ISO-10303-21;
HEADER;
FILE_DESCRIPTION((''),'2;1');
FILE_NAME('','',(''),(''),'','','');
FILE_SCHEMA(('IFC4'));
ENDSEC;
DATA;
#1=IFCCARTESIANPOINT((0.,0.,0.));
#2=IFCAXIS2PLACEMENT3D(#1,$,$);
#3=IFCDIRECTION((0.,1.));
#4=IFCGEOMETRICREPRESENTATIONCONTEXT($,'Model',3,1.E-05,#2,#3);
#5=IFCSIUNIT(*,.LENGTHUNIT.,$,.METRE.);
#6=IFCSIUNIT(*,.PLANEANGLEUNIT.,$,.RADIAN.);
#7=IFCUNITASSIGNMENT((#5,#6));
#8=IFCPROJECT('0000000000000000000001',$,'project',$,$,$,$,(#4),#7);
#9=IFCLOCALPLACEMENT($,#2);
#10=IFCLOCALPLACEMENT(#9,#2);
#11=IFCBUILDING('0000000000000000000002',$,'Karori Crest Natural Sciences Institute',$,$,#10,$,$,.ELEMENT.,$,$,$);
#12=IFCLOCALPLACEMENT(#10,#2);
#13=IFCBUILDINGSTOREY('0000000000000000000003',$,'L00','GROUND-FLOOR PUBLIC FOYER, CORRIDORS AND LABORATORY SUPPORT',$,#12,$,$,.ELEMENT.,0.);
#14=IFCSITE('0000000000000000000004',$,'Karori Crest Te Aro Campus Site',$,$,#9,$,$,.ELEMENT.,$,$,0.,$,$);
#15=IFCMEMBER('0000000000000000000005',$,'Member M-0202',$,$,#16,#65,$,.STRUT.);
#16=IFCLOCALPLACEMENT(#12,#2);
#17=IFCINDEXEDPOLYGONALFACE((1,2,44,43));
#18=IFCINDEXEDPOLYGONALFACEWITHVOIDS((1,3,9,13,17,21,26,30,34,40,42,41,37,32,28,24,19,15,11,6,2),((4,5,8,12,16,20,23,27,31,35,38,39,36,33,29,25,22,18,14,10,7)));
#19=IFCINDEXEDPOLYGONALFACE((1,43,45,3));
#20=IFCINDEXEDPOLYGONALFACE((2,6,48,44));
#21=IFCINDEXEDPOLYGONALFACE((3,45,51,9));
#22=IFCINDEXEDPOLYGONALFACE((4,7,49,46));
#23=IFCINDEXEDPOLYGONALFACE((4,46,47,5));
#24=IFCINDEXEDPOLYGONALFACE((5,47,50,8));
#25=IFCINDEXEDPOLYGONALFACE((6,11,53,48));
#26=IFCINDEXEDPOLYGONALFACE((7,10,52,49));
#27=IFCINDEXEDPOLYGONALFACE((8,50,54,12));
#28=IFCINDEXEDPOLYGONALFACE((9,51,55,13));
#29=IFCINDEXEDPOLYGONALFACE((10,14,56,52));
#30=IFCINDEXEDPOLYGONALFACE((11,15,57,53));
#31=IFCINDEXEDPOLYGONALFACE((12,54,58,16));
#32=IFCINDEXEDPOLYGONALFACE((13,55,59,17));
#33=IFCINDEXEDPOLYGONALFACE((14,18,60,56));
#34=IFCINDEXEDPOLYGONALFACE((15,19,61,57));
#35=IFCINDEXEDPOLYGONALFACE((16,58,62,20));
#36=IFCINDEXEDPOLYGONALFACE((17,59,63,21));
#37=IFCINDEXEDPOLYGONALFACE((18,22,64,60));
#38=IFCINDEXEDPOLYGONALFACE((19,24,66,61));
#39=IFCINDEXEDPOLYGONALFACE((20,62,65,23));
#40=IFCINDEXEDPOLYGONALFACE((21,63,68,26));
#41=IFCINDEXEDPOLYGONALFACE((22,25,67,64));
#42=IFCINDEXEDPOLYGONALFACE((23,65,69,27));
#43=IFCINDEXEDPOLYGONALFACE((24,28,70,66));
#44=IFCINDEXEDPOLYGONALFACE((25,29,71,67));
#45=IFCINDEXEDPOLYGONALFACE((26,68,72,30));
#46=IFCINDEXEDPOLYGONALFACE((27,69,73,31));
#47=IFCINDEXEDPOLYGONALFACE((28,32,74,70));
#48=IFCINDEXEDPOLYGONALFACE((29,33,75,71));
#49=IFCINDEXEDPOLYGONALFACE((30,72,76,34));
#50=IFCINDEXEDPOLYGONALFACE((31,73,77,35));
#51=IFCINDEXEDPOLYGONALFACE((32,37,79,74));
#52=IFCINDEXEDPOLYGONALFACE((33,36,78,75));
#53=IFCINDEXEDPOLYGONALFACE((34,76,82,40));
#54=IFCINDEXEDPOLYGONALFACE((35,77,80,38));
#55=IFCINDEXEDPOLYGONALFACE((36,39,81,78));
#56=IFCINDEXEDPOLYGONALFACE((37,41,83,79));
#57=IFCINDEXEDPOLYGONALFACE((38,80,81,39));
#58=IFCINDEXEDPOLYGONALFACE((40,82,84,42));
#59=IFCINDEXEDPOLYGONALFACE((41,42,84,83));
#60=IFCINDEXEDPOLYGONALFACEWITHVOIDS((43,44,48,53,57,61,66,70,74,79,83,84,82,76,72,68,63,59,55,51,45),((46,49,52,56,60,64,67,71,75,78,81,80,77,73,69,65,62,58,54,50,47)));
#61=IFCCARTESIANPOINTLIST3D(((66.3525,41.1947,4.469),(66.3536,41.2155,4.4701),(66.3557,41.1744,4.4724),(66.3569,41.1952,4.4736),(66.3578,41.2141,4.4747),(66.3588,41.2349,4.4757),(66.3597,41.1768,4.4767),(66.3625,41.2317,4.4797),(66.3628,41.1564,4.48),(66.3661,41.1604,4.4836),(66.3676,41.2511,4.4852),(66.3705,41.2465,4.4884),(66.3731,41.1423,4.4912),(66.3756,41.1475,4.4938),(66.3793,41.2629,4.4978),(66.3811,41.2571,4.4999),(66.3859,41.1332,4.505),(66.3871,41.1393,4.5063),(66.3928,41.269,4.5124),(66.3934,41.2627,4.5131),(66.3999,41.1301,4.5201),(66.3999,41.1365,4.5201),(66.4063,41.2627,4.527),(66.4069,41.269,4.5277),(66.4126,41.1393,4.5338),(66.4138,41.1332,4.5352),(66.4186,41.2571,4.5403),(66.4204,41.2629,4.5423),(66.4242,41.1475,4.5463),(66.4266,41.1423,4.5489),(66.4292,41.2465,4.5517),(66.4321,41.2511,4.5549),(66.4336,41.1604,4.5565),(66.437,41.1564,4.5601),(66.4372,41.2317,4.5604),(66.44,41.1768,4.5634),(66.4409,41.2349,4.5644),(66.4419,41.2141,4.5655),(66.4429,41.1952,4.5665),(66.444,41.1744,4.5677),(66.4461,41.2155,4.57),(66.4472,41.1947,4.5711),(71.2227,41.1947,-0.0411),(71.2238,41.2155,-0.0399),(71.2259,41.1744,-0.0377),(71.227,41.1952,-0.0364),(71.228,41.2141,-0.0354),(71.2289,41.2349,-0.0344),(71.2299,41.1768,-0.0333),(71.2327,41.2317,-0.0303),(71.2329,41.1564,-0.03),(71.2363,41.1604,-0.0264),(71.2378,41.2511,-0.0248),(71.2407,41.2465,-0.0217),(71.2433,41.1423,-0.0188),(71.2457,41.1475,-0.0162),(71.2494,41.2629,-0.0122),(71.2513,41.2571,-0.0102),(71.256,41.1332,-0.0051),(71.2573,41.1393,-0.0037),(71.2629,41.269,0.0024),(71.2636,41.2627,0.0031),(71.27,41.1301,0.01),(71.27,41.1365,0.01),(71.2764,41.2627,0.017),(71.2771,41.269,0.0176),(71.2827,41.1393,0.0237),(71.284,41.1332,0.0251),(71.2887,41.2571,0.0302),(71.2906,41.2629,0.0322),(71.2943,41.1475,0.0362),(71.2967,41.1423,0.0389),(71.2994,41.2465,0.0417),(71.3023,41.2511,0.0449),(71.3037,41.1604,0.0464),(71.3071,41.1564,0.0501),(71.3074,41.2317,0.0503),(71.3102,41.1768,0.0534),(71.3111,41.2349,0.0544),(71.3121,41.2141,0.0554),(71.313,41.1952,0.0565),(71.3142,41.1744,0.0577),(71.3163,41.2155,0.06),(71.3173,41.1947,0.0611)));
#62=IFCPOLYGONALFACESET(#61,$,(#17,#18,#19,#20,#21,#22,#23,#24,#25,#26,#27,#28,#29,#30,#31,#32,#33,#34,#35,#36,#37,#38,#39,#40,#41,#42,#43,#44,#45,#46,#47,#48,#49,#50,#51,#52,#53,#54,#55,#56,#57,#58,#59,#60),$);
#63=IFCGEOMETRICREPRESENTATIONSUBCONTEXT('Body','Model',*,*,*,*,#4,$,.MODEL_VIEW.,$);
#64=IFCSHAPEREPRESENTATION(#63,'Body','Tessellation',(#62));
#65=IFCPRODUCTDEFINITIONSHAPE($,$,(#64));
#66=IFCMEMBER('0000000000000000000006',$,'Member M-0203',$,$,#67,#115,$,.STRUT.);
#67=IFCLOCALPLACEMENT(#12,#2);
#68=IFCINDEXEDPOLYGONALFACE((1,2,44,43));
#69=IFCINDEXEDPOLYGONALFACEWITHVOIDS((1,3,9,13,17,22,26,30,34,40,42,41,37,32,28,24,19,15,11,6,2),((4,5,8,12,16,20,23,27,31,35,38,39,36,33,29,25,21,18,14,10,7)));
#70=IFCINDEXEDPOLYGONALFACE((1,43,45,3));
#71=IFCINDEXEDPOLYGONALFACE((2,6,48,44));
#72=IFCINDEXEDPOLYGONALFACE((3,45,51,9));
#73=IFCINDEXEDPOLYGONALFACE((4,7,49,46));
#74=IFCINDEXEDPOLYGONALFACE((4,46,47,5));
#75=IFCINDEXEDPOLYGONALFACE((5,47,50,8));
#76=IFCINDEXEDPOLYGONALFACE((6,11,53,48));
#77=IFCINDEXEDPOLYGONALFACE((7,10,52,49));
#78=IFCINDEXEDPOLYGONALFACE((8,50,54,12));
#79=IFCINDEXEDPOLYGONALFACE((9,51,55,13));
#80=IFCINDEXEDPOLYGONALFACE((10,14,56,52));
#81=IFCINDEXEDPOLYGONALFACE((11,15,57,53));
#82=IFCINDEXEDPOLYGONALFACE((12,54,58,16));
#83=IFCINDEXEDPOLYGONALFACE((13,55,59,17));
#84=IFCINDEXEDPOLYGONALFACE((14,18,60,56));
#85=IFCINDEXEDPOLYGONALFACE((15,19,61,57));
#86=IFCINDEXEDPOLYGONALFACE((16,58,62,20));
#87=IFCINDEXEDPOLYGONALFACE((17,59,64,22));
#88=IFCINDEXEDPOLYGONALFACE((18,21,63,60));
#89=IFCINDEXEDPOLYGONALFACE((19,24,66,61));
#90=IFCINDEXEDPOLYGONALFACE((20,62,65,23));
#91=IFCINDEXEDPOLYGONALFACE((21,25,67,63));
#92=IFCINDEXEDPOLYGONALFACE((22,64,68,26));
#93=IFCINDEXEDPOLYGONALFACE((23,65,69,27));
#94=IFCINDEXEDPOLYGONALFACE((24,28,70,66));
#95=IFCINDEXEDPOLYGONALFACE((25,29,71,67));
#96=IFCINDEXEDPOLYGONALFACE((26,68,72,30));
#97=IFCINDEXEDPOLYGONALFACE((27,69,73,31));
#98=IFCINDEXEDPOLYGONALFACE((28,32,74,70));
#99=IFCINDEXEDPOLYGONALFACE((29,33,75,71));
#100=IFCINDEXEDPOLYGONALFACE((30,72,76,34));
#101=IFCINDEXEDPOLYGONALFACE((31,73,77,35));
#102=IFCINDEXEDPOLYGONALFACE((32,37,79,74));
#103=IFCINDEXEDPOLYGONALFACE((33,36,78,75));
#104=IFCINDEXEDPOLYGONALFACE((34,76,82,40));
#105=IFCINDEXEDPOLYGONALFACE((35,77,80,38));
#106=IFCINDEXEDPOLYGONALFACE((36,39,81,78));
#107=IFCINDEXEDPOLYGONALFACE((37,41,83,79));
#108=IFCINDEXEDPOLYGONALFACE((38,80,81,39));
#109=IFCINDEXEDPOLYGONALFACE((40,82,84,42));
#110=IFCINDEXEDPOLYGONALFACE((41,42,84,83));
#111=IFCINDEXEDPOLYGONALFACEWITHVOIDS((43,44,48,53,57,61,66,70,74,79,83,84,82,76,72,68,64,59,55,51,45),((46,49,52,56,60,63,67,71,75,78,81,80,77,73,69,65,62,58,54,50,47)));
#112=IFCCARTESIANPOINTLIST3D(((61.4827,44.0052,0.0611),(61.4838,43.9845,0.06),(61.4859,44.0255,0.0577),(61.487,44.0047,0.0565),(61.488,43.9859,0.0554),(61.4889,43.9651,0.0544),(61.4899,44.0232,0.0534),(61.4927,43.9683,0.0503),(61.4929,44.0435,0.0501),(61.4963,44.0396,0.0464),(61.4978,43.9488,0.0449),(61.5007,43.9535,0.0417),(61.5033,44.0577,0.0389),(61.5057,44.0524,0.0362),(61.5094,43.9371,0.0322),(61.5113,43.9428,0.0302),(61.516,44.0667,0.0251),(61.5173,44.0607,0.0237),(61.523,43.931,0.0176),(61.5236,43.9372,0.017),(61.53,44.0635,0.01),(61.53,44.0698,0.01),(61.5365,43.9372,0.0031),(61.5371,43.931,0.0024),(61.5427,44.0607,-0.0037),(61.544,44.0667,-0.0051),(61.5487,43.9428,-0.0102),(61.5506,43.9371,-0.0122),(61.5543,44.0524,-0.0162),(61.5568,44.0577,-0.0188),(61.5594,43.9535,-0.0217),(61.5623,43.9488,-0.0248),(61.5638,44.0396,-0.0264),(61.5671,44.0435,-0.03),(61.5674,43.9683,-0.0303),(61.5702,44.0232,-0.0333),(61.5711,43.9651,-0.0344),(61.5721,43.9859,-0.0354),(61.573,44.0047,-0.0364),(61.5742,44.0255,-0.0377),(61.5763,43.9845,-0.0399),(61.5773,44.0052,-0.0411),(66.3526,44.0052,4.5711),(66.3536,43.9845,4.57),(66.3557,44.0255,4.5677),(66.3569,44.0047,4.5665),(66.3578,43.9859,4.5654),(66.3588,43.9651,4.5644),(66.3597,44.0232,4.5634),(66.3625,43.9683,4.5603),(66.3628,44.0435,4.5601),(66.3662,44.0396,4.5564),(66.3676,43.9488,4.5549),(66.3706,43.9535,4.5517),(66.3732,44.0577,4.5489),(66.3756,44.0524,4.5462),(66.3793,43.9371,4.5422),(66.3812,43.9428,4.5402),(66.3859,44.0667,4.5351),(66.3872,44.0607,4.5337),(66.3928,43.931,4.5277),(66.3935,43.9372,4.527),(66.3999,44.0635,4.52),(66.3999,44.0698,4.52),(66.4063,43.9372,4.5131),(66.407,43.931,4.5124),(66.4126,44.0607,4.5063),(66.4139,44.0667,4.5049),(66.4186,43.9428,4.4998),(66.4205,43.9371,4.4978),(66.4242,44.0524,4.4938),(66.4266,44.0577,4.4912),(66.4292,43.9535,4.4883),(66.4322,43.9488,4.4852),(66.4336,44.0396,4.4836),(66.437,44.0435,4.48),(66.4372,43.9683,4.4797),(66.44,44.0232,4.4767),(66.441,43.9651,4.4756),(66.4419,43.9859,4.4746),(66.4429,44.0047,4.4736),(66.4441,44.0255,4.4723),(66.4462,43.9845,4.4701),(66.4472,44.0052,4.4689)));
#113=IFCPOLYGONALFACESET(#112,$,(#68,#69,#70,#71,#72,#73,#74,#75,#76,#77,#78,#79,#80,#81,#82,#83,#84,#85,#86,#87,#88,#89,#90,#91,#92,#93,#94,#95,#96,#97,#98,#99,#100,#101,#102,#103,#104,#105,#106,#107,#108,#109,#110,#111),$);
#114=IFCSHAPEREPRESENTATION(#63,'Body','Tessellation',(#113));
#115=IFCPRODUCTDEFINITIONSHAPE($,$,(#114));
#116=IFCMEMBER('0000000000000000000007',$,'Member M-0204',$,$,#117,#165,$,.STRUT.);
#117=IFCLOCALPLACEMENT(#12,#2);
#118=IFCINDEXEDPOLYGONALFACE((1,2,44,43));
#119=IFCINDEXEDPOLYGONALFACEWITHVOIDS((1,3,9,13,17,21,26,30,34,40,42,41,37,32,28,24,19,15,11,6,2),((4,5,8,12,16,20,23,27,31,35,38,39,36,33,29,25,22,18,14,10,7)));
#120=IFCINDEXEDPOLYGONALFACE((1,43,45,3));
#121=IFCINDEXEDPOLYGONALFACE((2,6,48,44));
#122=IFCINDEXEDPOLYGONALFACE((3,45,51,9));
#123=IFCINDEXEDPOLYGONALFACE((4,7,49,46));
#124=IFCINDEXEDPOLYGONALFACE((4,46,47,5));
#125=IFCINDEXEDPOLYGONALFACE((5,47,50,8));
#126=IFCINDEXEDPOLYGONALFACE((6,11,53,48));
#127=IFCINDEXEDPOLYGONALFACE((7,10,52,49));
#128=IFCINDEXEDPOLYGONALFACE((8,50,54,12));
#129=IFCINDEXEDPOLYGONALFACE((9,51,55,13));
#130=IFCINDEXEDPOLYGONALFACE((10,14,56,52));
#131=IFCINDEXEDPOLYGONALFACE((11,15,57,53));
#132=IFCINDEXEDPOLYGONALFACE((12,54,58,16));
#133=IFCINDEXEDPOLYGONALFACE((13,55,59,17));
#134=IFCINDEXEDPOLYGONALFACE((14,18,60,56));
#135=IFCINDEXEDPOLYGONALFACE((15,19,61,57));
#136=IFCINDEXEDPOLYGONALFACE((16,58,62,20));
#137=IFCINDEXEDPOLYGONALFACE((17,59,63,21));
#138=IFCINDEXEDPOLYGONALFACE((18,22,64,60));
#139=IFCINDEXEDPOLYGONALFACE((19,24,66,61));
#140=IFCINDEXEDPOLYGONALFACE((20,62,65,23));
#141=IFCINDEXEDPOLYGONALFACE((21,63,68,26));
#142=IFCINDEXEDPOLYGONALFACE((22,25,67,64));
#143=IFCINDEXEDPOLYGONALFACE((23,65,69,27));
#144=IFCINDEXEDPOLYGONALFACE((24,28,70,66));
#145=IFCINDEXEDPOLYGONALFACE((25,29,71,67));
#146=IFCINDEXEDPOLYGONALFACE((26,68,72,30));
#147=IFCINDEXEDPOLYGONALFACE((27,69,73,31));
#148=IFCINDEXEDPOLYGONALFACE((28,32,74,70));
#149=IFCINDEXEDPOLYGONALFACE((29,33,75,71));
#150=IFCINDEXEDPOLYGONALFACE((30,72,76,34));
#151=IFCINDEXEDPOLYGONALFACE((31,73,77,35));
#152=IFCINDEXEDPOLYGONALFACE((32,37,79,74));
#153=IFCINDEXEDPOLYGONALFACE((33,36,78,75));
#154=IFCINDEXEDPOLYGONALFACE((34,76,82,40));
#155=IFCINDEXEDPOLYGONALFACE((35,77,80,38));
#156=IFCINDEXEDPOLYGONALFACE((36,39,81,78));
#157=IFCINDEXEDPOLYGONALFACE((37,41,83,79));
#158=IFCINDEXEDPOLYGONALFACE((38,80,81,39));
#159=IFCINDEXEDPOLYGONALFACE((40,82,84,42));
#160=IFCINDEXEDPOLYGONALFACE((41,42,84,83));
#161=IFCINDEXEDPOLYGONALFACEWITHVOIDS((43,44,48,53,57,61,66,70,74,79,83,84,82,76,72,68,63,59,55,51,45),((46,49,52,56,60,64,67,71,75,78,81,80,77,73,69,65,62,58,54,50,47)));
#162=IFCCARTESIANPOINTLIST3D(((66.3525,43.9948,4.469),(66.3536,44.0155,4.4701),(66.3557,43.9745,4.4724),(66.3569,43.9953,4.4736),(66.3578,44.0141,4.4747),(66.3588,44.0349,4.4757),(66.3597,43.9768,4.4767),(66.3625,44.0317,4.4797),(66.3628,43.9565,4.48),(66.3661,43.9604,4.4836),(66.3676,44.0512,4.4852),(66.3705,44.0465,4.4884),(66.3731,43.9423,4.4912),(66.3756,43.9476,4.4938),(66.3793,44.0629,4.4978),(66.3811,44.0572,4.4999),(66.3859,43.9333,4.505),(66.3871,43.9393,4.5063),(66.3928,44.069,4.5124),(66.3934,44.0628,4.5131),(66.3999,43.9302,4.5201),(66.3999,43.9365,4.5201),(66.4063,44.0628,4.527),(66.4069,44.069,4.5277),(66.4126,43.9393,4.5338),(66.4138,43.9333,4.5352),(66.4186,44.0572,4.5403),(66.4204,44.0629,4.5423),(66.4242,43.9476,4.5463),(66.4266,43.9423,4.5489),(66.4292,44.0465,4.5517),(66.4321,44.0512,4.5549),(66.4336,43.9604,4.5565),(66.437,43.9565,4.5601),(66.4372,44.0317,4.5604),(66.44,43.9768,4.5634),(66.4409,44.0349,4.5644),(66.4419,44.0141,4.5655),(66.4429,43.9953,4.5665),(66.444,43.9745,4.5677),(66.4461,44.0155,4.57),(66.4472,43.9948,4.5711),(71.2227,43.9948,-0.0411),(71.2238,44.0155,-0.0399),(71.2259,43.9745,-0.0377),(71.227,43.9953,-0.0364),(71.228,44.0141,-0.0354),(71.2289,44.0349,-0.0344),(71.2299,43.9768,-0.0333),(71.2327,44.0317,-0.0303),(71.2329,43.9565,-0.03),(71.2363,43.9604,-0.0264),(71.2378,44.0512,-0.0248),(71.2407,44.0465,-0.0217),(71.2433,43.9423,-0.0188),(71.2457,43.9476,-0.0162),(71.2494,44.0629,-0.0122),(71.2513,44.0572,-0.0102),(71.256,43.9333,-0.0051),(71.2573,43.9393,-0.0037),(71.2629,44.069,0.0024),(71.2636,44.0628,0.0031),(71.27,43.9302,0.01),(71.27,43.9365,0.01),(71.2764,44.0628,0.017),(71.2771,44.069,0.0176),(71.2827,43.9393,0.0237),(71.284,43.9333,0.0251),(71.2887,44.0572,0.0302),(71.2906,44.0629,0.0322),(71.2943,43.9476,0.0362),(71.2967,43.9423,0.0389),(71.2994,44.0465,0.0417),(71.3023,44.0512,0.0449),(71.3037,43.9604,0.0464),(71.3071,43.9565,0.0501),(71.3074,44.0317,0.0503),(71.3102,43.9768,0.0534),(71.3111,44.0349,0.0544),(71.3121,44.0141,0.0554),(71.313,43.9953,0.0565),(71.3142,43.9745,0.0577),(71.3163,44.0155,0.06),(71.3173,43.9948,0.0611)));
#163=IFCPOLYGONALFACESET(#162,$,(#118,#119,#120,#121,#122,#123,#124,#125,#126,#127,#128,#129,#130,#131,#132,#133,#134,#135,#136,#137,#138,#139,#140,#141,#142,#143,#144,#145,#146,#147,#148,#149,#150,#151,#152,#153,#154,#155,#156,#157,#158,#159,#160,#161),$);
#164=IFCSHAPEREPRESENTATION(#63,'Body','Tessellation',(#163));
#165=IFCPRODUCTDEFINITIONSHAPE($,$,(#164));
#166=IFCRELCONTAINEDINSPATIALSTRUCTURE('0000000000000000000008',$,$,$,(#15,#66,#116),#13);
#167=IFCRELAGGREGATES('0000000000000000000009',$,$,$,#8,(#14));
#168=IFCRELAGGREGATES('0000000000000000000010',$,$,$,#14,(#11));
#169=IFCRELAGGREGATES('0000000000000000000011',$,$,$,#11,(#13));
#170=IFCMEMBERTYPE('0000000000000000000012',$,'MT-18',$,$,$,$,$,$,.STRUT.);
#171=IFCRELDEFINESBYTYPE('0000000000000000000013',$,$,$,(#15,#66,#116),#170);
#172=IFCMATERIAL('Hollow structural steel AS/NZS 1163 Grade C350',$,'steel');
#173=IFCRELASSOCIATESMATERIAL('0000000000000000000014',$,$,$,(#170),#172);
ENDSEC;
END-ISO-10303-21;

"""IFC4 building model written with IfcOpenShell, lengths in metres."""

from ifc_helpers import new_model, si_unit, direction, frame, origin, origin_2d, place, context, subcontext, project, spatial, hollow_circle, extrude, material, material_profile, profile_set, type_object, element, save


model = new_model("IFC4")

# Units and contexts
model_context = context("Model", 3, precision=1e-05, world=origin(), true_north=direction((0.0, 1.0)))
body_context = subcontext(model_context, "Body", "Model", "MODEL_VIEW")
ifc_project = project(units=[si_unit("LENGTHUNIT", "METRE"), si_unit("PLANEANGLEUNIT", "RADIAN")], contexts=[model_context])

# Site, building, storey
site_placement = place(None, origin())
site = spatial("IfcSite", under=ifc_project, at=site_placement, Name="Karori Crest Te Aro Campus Site", CompositionType="ELEMENT", RefElevation=0.0)
building_placement = place(site_placement, origin())
building = spatial("IfcBuilding", under=site, at=building_placement, Name="Karori Crest Natural Sciences Institute", CompositionType="ELEMENT")
storey_placement = place(building_placement, origin())
storey = spatial("IfcBuildingStorey", under=building, at=storey_placement, Name="L00", Description="GROUND-FLOOR PUBLIC FOYER, CORRIDORS AND LABORATORY SUPPORT", CompositionType="ELEMENT", Elevation=0.0)

# Shared definitions
ifc_material_1 = material(Name="Hollow structural steel AS/NZS 1163 Grade C350", Category="steel")

# Members
ifc_material_profile_1 = material_profile(ifc_material_1, hollow_circle(Radius=0.0698, WallThickness=0.0063, at=origin_2d()), Name="CHS139.7x6.4")
ifc_profile_set_1 = profile_set([ifc_material_profile_1], Name="Hollow structural steel AS/NZS 1163 Grade C350")
member_type = type_object("IfcMemberType", Name="MT-18", PredefinedType="STRUT", material=ifc_profile_set_1)
member_1_placement = place(storey_placement, frame((71.27, 41.2, 0.01), z_axis=(-0.733712, 0.0, 0.67946), x_axis=(0.0, -1.0, 0.0)))
element("IfcMember", 1, at=member_1_placement, inside=storey, type_object=member_type, Name="Member M-0202", PredefinedType="STRUT", context=body_context, shape_type="SweptSolid", body=[
    extrude(hollow_circle(Radius=0.0698, WallThickness=0.0063, at=origin_2d()), origin(), (0.0, 0.0, 1.0), 6.6377),
])
member_2_placement = place(storey_placement, frame((61.53, 44.0, 0.01), z_axis=(0.733695, 0.0, 0.679478), x_axis=(0.0, 1.0, 0.0)))
element("IfcMember", 2, at=member_2_placement, inside=storey, type_object=member_type, Name="Member M-0203", PredefinedType="STRUT", context=body_context, shape_type="SweptSolid", body=[
    extrude(hollow_circle(Radius=0.0698, WallThickness=0.0063, at=origin_2d()), origin(), (0.0, 0.0, 1.0), 6.6375),
])
member_3_placement = place(storey_placement, frame((71.27, 44.0, 0.01), z_axis=(-0.733712, 0.0, 0.67946), x_axis=(0.0, -1.0, 0.0)))
element("IfcMember", 3, at=member_3_placement, inside=storey, type_object=member_type, Name="Member M-0204", PredefinedType="STRUT", context=body_context, shape_type="SweptSolid", body=[
    extrude(hollow_circle(Radius=0.0698, WallThickness=0.0063, at=origin_2d()), origin(), (0.0, 0.0, 1.0), 6.6377),
])

save(model, "model.ifc")
